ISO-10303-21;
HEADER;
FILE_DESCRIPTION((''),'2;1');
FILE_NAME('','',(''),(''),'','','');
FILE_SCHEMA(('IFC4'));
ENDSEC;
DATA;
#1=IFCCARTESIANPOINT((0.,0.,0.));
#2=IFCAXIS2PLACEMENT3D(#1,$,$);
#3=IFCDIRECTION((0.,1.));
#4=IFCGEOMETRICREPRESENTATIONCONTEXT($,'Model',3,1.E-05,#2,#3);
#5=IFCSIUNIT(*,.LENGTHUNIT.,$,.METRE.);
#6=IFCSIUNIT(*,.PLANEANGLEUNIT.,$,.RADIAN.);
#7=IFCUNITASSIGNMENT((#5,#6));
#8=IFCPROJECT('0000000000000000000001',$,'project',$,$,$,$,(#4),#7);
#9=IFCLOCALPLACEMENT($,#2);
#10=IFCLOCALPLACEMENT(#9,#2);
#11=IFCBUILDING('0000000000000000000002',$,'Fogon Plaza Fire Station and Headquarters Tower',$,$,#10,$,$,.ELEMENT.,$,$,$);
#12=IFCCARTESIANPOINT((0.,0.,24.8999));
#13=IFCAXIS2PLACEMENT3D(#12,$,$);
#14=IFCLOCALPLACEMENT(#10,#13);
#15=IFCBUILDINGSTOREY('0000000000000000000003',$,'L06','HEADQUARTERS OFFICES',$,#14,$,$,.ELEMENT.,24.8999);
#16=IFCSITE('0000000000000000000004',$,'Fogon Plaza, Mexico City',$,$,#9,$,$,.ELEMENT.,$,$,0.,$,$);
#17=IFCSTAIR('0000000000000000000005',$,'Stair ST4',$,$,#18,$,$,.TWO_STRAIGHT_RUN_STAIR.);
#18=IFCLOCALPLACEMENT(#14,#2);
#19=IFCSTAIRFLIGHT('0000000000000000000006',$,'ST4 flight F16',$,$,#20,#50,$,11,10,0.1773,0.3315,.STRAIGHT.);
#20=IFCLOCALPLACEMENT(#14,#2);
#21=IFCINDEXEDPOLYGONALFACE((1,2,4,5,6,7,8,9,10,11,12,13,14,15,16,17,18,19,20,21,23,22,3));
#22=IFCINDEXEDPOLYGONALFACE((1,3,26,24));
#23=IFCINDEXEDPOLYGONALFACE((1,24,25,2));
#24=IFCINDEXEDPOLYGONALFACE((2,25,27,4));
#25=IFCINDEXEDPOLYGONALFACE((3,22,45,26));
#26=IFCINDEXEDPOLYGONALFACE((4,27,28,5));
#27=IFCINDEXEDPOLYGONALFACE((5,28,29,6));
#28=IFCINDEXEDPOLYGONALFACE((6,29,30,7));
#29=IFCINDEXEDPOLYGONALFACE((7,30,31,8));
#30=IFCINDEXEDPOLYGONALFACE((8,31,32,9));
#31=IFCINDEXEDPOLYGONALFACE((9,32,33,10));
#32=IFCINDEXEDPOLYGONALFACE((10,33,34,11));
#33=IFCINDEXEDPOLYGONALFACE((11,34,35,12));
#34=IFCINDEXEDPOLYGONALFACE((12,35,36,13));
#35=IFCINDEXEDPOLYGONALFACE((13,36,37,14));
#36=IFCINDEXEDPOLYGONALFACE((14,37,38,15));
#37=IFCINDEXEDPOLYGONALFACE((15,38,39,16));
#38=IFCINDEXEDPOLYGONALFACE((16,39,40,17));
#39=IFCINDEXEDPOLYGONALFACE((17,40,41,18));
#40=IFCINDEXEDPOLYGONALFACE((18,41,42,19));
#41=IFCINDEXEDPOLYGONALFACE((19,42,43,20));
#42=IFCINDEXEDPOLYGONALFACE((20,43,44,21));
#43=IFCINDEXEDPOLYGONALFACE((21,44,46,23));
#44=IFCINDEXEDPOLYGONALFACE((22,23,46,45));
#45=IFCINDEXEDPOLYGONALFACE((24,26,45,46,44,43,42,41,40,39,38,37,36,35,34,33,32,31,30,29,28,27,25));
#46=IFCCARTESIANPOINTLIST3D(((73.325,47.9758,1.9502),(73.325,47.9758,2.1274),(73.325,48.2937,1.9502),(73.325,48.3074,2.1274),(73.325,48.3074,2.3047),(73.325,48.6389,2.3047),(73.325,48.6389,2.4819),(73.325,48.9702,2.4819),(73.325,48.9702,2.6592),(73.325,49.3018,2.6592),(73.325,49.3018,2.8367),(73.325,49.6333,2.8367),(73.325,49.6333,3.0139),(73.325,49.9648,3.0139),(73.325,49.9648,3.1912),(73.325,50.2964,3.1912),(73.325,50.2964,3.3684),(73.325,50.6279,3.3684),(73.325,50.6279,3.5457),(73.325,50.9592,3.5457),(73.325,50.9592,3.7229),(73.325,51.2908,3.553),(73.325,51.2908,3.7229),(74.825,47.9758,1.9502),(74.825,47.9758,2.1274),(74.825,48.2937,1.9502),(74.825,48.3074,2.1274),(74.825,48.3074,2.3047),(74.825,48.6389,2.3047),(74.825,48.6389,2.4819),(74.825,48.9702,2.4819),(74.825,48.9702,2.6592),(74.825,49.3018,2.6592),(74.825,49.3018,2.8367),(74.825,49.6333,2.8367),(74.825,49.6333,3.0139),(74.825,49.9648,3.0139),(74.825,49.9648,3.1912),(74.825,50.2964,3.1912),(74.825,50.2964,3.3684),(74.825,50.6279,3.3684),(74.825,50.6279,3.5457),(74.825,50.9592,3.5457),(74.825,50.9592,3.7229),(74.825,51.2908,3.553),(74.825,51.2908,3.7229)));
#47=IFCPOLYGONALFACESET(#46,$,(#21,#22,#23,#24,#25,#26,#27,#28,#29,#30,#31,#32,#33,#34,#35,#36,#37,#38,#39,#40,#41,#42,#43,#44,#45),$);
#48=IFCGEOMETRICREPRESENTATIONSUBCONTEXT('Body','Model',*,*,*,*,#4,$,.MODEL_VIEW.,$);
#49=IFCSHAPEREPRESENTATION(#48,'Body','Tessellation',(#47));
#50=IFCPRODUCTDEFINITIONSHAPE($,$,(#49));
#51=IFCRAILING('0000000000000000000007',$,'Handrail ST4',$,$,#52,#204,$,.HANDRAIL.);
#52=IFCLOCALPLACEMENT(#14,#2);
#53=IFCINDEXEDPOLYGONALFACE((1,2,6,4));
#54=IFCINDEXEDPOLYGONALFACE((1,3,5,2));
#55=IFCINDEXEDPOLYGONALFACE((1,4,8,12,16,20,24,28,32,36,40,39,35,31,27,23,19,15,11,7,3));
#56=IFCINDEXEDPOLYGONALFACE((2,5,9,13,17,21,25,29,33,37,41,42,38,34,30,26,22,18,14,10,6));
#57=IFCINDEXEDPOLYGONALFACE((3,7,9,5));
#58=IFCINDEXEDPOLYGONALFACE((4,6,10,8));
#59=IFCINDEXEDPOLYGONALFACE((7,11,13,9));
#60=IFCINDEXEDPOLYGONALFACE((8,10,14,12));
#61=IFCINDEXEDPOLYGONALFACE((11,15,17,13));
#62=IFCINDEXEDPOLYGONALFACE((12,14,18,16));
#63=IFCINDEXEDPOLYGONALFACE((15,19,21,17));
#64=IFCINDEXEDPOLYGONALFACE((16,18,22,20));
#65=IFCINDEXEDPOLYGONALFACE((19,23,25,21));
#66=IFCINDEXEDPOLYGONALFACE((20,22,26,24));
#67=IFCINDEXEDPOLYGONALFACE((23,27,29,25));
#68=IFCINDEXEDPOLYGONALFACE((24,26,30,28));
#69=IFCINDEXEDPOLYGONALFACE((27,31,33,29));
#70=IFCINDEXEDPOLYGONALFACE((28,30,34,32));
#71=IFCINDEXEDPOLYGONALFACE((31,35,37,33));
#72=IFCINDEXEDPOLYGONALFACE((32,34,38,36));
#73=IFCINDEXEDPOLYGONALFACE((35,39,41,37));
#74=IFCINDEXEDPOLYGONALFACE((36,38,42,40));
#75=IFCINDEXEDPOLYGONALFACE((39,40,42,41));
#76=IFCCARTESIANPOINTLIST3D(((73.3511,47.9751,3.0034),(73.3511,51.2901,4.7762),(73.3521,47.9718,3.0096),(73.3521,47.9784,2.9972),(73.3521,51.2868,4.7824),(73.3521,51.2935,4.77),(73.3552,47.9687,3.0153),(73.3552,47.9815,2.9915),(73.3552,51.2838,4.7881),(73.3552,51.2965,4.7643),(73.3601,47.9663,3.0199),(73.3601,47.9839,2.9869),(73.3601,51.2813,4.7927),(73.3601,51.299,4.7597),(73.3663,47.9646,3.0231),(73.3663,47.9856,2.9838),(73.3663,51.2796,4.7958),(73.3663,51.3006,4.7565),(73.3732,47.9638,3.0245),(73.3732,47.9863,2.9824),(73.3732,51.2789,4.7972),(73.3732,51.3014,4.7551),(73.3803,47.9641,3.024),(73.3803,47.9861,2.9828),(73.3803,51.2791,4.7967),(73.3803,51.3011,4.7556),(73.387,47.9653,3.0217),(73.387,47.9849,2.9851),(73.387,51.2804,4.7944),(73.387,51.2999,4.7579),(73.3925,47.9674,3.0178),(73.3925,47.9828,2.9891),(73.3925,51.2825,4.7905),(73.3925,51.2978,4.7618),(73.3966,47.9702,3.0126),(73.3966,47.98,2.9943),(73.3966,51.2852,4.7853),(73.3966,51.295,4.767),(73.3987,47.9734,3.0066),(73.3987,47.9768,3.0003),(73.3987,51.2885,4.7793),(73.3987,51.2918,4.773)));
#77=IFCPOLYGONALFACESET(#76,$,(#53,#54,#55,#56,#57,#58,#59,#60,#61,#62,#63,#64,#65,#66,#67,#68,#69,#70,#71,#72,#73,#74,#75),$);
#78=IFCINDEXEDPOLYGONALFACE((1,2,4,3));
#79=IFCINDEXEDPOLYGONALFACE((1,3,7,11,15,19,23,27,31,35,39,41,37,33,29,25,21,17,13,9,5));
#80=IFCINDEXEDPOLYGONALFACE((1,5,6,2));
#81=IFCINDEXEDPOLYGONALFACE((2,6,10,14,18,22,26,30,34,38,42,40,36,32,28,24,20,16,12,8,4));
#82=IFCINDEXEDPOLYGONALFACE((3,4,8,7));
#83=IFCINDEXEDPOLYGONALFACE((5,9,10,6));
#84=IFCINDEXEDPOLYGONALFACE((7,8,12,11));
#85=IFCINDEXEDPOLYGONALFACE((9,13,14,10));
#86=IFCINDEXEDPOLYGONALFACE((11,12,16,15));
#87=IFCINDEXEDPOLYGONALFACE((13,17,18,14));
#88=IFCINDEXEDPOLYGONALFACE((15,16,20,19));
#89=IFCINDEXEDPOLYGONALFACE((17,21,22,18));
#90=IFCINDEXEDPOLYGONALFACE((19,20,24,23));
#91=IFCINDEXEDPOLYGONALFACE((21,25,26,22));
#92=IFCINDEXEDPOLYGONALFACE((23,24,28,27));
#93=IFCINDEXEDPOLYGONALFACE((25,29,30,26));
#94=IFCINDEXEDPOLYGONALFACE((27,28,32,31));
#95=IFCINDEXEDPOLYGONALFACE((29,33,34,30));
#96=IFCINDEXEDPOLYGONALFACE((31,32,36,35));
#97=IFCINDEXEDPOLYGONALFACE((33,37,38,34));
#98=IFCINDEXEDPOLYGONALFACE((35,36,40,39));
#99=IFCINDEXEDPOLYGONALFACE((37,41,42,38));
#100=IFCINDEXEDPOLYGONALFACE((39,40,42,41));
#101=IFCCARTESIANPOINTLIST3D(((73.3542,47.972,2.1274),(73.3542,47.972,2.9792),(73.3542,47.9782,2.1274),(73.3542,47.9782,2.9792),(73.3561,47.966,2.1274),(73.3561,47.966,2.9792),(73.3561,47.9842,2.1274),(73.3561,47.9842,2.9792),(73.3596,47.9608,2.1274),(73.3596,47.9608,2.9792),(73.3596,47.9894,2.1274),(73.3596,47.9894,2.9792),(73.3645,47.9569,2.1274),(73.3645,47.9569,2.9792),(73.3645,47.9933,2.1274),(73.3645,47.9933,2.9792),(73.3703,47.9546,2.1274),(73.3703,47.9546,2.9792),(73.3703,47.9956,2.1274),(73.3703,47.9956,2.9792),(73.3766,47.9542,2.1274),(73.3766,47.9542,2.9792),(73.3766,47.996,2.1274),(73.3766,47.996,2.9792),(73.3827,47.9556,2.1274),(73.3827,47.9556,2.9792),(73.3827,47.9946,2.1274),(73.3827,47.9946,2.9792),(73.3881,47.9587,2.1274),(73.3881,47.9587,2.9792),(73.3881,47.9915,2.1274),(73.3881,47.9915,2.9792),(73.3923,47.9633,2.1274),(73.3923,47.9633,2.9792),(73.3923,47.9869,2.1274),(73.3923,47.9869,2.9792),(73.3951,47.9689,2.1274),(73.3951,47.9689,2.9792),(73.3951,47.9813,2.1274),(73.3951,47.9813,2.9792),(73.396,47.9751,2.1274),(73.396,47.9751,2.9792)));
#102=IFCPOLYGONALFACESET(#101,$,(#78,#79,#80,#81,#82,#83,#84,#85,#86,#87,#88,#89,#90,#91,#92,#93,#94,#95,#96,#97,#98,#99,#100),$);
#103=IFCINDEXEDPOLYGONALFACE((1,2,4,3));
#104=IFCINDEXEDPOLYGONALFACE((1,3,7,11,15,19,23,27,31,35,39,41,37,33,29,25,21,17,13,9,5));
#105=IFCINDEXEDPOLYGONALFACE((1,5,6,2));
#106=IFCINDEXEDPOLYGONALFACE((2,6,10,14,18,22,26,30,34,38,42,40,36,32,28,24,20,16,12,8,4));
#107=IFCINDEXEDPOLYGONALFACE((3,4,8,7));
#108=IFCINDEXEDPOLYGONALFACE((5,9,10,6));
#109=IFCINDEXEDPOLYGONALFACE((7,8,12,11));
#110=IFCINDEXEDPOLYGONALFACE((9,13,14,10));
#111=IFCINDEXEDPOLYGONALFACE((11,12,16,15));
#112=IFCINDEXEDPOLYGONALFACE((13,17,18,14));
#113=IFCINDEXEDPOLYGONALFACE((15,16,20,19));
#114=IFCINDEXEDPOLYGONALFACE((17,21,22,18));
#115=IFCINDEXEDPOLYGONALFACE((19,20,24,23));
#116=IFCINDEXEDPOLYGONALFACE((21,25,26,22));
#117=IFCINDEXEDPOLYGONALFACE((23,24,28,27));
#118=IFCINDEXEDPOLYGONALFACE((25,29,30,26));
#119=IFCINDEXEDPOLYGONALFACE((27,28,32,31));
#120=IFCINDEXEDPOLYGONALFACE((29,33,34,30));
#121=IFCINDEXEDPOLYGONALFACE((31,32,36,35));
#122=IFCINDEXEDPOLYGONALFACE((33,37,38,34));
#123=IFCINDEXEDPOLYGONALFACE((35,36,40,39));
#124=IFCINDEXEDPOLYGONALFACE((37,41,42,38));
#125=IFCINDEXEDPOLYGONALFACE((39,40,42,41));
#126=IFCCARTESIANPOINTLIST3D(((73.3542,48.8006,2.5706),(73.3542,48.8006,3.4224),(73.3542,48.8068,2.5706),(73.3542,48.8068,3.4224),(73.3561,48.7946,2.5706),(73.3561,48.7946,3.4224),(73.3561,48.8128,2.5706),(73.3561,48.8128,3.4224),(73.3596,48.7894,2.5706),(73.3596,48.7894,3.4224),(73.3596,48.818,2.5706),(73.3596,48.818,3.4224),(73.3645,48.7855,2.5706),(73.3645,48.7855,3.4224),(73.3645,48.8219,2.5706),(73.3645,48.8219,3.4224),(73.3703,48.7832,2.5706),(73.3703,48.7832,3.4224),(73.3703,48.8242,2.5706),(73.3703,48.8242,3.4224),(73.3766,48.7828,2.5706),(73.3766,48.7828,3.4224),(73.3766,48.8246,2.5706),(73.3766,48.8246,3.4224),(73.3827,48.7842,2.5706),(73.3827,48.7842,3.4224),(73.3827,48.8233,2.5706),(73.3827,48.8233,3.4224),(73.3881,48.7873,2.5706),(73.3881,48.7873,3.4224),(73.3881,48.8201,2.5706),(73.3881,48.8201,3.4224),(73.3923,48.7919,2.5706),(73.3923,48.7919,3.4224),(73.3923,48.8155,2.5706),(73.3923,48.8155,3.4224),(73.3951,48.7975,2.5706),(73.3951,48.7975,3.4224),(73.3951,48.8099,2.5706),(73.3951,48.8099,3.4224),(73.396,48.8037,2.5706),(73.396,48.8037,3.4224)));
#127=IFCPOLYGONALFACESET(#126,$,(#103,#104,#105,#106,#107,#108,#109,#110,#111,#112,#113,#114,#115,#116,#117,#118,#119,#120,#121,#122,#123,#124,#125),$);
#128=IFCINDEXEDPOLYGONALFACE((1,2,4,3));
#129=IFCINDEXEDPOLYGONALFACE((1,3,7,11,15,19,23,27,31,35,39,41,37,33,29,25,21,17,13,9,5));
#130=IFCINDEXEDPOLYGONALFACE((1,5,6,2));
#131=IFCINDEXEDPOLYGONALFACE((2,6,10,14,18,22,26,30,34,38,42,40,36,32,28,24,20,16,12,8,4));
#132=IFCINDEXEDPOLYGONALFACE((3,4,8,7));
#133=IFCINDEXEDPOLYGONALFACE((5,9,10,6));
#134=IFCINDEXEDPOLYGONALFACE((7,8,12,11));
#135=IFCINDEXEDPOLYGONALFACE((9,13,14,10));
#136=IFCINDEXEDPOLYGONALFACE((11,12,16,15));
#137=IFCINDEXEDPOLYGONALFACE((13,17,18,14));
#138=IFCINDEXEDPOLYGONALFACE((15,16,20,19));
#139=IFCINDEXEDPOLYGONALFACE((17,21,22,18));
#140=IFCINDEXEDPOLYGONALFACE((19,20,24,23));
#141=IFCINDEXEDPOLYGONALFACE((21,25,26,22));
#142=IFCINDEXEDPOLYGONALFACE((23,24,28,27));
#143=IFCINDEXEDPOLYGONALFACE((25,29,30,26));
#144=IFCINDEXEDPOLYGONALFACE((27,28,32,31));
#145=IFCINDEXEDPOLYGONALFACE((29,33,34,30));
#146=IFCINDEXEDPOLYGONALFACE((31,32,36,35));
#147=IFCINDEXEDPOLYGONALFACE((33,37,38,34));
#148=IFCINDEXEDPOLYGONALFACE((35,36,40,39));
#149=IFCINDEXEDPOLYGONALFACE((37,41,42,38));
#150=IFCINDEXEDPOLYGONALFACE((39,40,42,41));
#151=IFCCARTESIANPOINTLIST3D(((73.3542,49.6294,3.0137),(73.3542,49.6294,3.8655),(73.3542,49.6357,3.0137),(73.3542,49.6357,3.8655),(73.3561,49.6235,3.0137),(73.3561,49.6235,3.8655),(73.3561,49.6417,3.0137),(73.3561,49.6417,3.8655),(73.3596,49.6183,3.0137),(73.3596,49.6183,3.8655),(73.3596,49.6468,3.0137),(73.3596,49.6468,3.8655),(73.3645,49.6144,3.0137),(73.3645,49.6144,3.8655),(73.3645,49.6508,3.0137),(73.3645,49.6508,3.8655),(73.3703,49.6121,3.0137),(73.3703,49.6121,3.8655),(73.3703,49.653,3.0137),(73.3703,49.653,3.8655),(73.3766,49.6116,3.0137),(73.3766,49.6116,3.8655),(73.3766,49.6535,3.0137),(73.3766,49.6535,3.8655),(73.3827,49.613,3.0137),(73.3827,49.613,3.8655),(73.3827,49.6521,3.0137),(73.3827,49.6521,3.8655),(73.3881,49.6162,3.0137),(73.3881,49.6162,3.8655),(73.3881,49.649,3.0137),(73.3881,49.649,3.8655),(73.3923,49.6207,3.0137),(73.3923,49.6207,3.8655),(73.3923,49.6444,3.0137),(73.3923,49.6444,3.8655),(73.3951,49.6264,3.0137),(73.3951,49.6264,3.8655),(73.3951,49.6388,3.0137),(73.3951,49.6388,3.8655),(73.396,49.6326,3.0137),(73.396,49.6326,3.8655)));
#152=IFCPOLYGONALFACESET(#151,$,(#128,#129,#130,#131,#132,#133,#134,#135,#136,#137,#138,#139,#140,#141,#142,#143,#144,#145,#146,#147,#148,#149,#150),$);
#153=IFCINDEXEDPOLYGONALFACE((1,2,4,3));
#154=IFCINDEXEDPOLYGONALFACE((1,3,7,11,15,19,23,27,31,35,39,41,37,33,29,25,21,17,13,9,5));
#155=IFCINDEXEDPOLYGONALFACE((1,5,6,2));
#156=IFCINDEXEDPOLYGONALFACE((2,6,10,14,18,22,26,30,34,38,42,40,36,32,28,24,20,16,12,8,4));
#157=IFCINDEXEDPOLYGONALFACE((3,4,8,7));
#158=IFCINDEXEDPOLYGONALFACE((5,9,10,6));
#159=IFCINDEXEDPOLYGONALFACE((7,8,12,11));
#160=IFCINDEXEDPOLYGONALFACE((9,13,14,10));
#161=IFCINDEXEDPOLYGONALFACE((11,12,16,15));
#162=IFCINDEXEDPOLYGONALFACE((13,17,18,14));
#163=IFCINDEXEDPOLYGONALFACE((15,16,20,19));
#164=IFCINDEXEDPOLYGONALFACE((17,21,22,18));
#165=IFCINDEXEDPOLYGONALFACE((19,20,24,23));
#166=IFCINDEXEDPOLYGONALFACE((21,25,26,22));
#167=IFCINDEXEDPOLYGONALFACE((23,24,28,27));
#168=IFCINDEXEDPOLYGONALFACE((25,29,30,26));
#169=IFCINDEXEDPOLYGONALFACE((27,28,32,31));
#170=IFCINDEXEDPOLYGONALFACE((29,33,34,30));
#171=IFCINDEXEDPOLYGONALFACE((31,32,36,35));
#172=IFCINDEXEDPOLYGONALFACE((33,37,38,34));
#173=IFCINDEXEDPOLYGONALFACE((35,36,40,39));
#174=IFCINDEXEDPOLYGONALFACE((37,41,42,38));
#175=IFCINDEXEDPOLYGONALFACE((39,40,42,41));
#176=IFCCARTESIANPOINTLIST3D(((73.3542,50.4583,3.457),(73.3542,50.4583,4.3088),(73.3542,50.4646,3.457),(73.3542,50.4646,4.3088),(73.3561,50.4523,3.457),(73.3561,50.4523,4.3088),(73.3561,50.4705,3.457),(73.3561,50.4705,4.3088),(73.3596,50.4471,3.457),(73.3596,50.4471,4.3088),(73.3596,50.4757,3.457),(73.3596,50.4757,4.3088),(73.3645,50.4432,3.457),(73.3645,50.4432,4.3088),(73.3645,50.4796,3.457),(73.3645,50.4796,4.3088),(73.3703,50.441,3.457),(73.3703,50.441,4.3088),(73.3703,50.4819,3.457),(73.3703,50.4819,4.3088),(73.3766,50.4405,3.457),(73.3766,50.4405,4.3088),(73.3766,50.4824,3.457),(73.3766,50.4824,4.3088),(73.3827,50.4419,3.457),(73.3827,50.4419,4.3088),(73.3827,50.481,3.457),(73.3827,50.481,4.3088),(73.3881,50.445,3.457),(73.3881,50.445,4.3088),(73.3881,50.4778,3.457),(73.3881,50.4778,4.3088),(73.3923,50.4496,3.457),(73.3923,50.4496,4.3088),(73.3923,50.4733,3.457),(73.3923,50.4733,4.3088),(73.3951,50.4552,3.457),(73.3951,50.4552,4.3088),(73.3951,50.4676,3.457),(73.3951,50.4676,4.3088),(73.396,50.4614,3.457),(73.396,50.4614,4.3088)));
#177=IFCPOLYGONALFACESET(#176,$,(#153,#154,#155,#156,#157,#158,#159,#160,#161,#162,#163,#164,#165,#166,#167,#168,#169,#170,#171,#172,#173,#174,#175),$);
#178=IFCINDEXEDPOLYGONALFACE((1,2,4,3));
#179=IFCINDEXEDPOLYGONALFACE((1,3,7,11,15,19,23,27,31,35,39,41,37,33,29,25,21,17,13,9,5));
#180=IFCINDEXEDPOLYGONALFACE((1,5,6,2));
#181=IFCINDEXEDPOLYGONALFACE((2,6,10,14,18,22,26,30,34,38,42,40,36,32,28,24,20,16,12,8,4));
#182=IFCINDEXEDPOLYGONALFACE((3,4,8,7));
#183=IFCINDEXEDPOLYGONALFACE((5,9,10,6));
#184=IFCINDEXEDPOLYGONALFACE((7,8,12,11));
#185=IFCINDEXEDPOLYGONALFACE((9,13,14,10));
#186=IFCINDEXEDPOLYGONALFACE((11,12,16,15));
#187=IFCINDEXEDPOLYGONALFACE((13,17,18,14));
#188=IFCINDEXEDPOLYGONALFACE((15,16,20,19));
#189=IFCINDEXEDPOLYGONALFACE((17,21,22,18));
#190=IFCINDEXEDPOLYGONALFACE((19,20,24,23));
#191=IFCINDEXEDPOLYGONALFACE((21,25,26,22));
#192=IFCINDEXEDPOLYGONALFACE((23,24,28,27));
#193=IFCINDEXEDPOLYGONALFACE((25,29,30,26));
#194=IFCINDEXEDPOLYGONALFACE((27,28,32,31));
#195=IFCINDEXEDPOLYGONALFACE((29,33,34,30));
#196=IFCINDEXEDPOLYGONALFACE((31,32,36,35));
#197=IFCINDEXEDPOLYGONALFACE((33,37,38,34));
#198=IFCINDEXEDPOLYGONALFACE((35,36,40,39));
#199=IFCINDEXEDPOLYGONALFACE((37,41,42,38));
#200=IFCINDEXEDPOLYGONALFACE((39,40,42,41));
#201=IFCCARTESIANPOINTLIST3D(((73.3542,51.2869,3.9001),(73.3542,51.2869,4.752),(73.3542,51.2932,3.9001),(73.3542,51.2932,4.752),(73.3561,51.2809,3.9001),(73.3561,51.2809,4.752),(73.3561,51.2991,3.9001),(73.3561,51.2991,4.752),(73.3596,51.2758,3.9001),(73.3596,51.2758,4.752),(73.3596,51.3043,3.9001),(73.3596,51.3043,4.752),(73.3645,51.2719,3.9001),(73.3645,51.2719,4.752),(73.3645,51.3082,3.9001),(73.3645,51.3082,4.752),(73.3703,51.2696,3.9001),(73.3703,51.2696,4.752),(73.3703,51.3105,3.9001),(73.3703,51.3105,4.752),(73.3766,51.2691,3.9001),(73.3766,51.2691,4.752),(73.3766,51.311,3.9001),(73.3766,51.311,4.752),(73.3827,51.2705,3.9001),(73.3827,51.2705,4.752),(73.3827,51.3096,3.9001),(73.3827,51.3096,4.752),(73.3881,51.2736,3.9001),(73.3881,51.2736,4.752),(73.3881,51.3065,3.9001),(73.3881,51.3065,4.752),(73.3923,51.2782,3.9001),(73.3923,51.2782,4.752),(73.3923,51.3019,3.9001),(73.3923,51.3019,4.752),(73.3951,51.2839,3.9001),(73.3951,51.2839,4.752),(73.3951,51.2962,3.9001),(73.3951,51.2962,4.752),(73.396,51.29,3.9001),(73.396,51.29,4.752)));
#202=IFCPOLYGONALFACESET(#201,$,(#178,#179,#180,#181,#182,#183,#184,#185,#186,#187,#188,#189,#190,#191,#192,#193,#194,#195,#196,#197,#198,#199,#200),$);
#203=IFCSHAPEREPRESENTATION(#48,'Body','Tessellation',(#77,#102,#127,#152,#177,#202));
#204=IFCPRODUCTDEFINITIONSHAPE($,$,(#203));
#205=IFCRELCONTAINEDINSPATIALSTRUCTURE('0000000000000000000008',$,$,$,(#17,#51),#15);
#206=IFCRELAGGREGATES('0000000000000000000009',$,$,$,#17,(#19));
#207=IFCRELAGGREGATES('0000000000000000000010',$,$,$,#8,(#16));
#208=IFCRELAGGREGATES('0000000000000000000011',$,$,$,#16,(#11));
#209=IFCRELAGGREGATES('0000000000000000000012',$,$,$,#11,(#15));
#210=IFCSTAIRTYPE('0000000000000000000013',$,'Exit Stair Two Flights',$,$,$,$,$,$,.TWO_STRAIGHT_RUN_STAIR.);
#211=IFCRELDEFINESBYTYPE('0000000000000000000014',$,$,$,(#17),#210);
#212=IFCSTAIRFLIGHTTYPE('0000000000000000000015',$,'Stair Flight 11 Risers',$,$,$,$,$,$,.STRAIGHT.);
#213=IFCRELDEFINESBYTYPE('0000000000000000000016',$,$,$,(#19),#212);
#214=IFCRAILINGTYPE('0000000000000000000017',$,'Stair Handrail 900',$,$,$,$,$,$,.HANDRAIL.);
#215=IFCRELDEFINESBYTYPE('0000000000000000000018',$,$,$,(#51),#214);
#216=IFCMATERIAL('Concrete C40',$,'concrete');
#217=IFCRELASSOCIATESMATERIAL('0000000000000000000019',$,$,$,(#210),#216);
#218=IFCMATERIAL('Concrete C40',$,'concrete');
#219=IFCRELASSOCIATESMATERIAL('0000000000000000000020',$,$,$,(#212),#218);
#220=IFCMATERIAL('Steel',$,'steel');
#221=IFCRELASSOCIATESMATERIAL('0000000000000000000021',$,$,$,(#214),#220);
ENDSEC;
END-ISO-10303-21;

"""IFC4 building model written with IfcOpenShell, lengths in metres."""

from ifc_helpers import new_model, si_unit, direction, frame, origin, origin_2d, place, context, subcontext, project, spatial, polyline, circle, outline, extrude, material, type_object, element, aggregate, save


model = new_model("IFC4")

# Units and contexts
model_context = context("Model", 3, precision=1e-05, world=origin(), true_north=direction((0.0, 1.0)))
body_context = subcontext(model_context, "Body", "Model", "MODEL_VIEW")
ifc_project = project(units=[si_unit("LENGTHUNIT", "METRE"), si_unit("PLANEANGLEUNIT", "RADIAN")], contexts=[model_context])

# Site, building, storey
site_placement = place(None, origin())
site = spatial("IfcSite", under=ifc_project, at=site_placement, Name="Fogon Plaza, Mexico City", CompositionType="ELEMENT", RefElevation=0.0)
building_placement = place(site_placement, origin())
building = spatial("IfcBuilding", under=site, at=building_placement, Name="Fogon Plaza Fire Station and Headquarters Tower", CompositionType="ELEMENT")
storey_placement = place(building_placement, frame((0.0, 0.0, 24.8999)))
storey = spatial("IfcBuildingStorey", under=building, at=storey_placement, Name="L06", Description="HEADQUARTERS OFFICES", CompositionType="ELEMENT", Elevation=24.8999)

# Stair, stair flight
ifc_material_1 = material(Name="Concrete C40", Category="concrete")
stair_type = type_object("IfcStairType", Name="Exit Stair Two Flights", PredefinedType="TWO_STRAIGHT_RUN_STAIR", material=ifc_material_1)
stair_placement = place(storey_placement, origin())
stair = element("IfcStair", 1, at=stair_placement, inside=storey, type_object=stair_type, Name="Stair ST4", PredefinedType="TWO_STRAIGHT_RUN_STAIR")
ifc_material_2 = material(Name="Concrete C40", Category="concrete")
stair_flight_type = type_object("IfcStairFlightType", Name="Stair Flight 11 Risers", PredefinedType="STRAIGHT", material=ifc_material_2)
stair_flight_placement = place(storey_placement, frame((74.075, 47.9758, 1.9502), z_axis=(0.0, 0.0, 1.0), x_axis=(0.0, 1.0, 0.0)))
stair_flight = element("IfcStairFlight", 2, at=stair_flight_placement, type_object=stair_flight_type, Name="ST4 flight F16", NumberOfRisers=11, NumberOfTreads=10, PredefinedType="STRAIGHT", RiserHeight=0.1773, TreadLength=0.3315, context=body_context, shape_type="SweptSolid", body=[
    extrude(outline(polyline([(0.0, 0.0), (0.0, 0.1772), (0.3315, 0.1772), (0.3315, 0.3545), (0.6631, 0.3545), (0.6631, 0.5317), (0.9944, 0.5317), (0.9944, 0.709), (1.3259, 0.709), (1.3259, 0.8865), (1.6575, 0.8865), (1.6575, 1.0637), (1.989, 1.0637), (1.989, 1.241), (2.3206, 1.241), (2.3206, 1.4182), (2.6521, 1.4182), (2.6521, 1.5955), (2.9834, 1.5955), (2.9834, 1.7727), (3.3149, 1.7727), (3.3149, 1.95), (3.3149, 1.6028), (0.3179, 0.0), (0.0, 0.0)])), frame((0.0, 0.75, 0.0), z_axis=(0.0, -1.0, 0.0), x_axis=(1.0, 0.0, 0.0)), (0.0, 0.0, 1.0), 1.5),
])
aggregate(stair, [stair_flight])

# Railing
ifc_material_3 = material(Name="Steel", Category="steel")
railing_type = type_object("IfcRailingType", Name="Stair Handrail 900", PredefinedType="HANDRAIL", material=ifc_material_3)
for number, where, name in (
    (3, (73.375, 47.9751, 2.1274), "Handrail ST4"),
):
    element("IfcRailing", number, at=place(storey_placement, frame(where)), inside=storey, type_object=railing_type, Name=name, PredefinedType="HANDRAIL", context=body_context, shape_type="SweptSolid", body=[
        extrude(circle(Radius=0.0239, at=origin_2d()), frame((0.0, 0.0, 0.876), z_axis=(0.0, 0.881829, 0.471569), x_axis=(-1.0, 0.0, 0.0)), (0.0, 0.0, 1.0), 3.7593),
        extrude(circle(Radius=0.021, at=origin_2d()), origin(), (0.0, 0.0, 1.0), 0.8518),
        extrude(circle(Radius=0.021, at=origin_2d()), frame((0.0, 0.8286, 0.4431)), (0.0, 0.0, 1.0), 0.8518),
        extrude(circle(Radius=0.021, at=origin_2d()), frame((0.0, 1.6575, 0.8862)), (0.0, 0.0, 1.0), 0.8518),
        extrude(circle(Radius=0.021, at=origin_2d()), frame((0.0, 2.4863, 1.3296)), (0.0, 0.0, 1.0), 0.8518),
        extrude(circle(Radius=0.021, at=origin_2d()), frame((0.0, 3.3149, 1.7727)), (0.0, 0.0, 1.0), 0.8518),
    ])

save(model, "model.ifc")
